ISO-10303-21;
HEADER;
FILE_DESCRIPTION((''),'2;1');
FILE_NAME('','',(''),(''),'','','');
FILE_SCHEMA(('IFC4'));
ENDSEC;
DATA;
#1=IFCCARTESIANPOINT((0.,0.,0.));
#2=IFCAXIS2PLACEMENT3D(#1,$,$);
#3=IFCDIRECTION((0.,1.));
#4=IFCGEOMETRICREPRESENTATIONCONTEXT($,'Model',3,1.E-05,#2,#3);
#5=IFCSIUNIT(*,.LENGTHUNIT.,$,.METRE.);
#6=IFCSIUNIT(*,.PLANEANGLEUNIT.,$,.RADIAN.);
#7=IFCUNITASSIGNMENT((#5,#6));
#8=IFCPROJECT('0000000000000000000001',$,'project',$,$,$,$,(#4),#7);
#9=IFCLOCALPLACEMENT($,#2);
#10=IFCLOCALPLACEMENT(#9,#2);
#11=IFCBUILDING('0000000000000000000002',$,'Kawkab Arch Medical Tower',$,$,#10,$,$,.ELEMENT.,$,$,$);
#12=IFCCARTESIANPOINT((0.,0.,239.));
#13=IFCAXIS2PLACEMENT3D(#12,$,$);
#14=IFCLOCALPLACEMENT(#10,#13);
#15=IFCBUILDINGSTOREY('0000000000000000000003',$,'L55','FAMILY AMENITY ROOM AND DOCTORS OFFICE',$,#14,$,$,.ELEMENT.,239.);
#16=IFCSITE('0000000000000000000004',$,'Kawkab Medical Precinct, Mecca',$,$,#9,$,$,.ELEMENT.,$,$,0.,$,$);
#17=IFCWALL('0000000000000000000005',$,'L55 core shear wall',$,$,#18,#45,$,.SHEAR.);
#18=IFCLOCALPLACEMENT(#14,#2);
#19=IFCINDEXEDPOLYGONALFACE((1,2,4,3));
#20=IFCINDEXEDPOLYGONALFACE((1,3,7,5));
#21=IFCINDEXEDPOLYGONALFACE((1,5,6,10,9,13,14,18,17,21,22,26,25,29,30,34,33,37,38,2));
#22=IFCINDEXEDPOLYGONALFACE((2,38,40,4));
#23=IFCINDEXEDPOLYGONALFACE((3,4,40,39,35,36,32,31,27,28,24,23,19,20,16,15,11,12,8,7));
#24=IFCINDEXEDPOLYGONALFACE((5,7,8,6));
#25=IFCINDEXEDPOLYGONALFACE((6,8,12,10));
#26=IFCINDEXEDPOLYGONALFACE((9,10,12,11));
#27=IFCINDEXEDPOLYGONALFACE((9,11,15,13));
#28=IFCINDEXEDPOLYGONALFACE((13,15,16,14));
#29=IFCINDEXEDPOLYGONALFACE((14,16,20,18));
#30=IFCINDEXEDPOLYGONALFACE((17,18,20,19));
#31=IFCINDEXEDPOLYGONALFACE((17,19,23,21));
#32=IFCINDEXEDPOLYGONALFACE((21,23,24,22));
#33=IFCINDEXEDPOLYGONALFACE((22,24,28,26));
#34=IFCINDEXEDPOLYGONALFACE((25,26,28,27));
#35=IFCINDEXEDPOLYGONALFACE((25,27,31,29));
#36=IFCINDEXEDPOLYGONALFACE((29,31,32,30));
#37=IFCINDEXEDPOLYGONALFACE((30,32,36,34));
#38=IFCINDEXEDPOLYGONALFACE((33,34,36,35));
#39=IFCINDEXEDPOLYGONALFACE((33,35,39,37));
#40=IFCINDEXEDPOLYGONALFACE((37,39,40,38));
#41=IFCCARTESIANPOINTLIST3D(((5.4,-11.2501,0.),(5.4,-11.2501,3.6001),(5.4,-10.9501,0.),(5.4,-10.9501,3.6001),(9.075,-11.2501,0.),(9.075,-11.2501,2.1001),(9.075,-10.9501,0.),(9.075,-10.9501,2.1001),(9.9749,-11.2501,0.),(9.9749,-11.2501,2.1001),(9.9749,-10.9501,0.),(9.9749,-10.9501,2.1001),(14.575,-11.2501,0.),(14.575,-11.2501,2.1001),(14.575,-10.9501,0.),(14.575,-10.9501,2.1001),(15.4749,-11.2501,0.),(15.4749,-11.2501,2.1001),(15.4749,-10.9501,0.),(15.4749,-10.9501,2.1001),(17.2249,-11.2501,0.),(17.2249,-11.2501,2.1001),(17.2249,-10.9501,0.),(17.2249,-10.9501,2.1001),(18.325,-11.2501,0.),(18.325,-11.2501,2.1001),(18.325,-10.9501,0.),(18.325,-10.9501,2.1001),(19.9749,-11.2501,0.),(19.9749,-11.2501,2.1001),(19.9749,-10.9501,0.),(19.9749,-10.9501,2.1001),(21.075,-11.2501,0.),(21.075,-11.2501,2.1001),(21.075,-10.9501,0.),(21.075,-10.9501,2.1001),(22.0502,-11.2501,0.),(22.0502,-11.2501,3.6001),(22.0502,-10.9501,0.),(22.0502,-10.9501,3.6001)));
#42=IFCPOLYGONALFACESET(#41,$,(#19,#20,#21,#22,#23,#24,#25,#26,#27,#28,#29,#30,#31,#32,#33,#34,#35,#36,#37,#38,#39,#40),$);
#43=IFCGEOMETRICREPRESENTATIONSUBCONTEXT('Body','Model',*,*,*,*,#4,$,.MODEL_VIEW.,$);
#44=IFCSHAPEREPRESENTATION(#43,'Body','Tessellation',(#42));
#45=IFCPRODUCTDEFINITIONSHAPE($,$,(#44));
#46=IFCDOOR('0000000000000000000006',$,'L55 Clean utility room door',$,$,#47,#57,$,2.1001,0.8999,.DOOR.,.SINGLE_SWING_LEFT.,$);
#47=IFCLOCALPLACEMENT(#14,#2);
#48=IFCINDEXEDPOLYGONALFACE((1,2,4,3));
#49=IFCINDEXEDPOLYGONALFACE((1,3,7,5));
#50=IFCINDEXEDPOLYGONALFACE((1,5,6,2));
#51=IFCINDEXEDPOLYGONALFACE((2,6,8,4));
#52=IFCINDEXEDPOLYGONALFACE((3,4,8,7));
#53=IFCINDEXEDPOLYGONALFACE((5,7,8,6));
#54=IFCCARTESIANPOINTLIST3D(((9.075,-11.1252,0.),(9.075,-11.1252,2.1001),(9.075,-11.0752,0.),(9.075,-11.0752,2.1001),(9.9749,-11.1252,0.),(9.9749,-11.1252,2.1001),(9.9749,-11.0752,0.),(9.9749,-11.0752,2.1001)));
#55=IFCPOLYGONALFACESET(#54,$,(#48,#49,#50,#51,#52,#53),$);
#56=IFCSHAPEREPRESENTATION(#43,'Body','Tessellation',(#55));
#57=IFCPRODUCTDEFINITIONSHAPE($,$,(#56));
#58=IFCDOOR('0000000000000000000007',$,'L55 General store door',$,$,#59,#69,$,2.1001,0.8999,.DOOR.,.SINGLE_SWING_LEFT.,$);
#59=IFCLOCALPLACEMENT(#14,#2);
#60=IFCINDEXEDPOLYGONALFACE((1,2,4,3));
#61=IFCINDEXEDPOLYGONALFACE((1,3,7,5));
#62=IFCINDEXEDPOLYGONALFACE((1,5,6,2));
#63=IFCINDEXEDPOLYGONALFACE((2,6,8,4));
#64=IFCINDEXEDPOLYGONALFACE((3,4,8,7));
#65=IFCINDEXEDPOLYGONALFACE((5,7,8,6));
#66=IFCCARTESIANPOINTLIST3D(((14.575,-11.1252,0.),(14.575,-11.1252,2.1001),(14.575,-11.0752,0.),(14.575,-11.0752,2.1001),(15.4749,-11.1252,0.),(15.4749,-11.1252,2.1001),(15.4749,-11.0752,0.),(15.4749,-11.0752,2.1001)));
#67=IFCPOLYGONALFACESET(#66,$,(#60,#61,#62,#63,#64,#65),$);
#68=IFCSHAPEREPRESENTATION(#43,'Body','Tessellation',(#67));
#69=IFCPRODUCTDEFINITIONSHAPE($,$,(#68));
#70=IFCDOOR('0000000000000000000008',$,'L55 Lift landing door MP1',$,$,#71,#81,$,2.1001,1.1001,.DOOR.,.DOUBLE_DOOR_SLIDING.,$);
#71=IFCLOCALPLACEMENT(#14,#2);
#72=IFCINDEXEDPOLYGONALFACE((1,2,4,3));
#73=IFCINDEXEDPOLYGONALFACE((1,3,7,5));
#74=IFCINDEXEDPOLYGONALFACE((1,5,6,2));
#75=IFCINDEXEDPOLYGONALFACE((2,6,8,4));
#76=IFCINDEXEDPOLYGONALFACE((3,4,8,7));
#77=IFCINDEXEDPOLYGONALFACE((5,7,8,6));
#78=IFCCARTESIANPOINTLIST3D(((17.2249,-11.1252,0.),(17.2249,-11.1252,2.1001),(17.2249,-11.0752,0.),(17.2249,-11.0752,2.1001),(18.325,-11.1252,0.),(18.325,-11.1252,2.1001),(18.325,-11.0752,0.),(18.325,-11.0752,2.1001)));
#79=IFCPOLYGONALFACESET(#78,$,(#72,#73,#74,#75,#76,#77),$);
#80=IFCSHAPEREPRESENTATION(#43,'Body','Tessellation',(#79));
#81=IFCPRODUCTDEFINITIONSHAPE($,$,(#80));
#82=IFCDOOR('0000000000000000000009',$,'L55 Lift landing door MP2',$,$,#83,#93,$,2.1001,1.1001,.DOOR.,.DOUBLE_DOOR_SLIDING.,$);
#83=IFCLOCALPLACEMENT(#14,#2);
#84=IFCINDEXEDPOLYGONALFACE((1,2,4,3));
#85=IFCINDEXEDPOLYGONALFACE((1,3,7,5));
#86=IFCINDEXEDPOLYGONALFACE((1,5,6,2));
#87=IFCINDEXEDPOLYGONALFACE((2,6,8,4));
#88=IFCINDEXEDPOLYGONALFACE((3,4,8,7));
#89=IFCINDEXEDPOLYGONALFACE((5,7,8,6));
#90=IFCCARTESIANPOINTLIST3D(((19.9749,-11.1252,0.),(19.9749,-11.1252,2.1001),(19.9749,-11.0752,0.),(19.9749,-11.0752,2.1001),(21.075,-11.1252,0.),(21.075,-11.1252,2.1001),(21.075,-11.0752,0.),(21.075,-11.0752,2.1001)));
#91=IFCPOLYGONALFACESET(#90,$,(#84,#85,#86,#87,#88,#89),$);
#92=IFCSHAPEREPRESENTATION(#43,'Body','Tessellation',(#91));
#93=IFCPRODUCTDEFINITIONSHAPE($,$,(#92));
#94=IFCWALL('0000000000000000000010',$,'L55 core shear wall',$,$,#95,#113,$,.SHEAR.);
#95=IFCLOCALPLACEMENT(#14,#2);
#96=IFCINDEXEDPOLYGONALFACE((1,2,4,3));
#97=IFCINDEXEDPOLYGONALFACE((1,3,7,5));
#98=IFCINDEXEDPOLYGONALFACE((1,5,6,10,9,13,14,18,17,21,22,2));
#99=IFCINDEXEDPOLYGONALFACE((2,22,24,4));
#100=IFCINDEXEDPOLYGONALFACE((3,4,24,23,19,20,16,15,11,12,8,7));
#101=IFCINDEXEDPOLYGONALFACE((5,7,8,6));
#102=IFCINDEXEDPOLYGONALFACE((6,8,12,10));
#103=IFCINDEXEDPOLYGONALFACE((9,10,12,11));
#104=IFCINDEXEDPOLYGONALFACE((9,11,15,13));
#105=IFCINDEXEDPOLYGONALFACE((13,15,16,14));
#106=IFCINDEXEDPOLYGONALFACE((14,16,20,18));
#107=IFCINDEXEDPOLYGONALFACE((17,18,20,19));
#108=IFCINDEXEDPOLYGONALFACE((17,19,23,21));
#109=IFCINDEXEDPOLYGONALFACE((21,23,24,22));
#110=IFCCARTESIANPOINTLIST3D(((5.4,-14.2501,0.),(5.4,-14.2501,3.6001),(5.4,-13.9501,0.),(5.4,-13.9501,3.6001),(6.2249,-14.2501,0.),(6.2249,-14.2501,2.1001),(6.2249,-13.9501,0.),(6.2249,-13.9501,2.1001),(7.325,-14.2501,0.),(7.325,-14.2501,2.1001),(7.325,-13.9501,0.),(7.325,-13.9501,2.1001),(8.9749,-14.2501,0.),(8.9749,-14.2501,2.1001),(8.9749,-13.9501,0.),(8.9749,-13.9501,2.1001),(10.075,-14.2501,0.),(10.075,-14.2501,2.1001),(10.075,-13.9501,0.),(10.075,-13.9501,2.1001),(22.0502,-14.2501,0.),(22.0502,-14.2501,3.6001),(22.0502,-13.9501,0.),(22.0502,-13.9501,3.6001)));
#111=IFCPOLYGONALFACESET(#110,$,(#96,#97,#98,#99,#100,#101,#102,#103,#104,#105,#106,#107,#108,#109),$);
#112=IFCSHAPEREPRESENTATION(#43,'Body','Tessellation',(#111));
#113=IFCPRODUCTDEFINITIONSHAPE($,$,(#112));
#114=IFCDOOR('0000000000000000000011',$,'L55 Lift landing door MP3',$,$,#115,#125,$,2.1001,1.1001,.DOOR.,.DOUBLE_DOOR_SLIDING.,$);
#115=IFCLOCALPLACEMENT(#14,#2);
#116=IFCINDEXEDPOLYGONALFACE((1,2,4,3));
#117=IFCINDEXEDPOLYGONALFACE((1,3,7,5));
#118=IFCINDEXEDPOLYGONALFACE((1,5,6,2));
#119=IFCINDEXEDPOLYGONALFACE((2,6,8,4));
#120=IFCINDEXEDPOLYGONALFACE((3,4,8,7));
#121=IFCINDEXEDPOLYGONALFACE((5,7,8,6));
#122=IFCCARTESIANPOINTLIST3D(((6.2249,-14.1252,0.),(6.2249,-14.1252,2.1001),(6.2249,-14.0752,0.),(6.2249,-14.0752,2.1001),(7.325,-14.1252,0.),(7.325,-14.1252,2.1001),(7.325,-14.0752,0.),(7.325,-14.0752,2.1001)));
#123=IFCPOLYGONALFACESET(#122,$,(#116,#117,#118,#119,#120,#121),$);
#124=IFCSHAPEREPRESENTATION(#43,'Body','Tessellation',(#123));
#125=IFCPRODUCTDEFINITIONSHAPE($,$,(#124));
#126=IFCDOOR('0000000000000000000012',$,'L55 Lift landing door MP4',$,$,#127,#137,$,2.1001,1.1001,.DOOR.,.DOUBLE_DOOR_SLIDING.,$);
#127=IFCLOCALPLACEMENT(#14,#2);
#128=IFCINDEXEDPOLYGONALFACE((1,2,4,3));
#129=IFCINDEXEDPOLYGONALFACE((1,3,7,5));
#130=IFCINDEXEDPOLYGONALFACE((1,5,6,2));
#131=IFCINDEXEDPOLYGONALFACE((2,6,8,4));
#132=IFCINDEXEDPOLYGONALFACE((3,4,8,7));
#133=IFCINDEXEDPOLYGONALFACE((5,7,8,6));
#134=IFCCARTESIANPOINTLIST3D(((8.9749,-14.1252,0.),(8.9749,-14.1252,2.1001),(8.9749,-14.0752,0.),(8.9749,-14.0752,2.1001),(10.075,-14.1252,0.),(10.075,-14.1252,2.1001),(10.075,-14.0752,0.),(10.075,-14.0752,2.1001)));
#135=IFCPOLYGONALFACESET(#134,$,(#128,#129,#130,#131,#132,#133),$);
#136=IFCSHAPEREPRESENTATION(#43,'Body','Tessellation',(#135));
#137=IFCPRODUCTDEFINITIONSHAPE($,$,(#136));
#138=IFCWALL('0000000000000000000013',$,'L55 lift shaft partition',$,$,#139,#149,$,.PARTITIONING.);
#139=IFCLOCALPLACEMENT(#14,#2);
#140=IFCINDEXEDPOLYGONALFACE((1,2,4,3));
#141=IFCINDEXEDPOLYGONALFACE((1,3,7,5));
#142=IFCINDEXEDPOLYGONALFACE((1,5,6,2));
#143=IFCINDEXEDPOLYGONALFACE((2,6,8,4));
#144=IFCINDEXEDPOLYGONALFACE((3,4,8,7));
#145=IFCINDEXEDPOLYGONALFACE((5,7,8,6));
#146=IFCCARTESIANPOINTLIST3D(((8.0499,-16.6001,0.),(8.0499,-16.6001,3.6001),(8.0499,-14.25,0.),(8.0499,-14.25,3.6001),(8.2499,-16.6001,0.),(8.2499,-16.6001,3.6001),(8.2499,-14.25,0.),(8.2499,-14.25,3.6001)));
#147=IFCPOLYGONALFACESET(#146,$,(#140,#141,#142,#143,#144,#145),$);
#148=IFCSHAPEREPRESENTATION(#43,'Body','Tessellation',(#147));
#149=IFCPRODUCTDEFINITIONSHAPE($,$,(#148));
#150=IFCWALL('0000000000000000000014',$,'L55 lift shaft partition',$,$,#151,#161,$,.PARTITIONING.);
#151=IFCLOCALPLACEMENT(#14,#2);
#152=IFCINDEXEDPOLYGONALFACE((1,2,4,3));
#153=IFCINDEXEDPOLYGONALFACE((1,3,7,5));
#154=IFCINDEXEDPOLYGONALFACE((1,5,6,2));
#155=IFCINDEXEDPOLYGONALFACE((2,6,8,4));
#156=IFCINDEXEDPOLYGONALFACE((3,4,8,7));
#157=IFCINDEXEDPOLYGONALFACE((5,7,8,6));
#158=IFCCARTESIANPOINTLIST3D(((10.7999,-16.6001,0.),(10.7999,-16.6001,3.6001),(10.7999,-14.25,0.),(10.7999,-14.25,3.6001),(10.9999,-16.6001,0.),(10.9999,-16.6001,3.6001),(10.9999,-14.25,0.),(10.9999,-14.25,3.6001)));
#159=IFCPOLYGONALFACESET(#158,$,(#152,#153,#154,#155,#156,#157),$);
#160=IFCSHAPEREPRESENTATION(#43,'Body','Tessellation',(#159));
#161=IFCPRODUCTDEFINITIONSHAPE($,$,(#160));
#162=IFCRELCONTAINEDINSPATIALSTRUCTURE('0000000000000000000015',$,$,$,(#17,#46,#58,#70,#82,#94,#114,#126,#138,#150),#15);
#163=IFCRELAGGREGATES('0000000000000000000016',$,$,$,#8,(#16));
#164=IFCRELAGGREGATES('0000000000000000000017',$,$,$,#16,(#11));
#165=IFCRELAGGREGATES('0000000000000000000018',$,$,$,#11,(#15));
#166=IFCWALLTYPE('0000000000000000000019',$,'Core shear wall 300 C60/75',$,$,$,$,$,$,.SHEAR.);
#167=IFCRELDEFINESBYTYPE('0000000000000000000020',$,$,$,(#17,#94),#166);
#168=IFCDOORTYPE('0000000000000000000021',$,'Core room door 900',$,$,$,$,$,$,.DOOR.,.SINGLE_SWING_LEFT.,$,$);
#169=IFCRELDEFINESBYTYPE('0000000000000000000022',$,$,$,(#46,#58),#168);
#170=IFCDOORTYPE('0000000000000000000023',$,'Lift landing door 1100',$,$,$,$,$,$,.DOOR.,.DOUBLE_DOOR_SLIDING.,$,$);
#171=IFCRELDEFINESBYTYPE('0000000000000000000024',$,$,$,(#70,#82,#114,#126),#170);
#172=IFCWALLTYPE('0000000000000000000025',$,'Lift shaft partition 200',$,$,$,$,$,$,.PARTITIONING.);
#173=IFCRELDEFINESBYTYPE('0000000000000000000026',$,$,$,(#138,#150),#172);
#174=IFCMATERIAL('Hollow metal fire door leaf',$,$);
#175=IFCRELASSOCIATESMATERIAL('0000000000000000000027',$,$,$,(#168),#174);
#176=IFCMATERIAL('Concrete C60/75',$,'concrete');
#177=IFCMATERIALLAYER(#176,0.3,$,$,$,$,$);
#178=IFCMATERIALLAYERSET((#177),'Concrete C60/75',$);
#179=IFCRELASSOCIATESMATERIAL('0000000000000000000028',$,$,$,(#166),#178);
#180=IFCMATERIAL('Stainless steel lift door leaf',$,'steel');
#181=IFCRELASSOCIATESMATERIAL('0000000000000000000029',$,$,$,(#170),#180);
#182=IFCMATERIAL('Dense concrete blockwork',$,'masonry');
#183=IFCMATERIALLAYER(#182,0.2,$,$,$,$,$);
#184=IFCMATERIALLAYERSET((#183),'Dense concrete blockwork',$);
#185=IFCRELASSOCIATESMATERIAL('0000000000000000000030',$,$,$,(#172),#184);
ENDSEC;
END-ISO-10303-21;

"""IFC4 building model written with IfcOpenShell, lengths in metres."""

from ifc_helpers import new_model, si_unit, direction, frame, frame_2d, origin, place, context, subcontext, project, spatial, rectangle, extrude, material, layer, layer_set, type_object, element, fill, save


model = new_model("IFC4")

# Units and contexts
model_context = context("Model", 3, precision=1e-05, world=origin(), true_north=direction((0.0, 1.0)))
body_context = subcontext(model_context, "Body", "Model", "MODEL_VIEW")
ifc_project = project(units=[si_unit("LENGTHUNIT", "METRE"), si_unit("PLANEANGLEUNIT", "RADIAN")], contexts=[model_context])

# Site, building, storey
site_placement = place(None, origin())
site = spatial("IfcSite", under=ifc_project, at=site_placement, Name="Kawkab Medical Precinct, Mecca", CompositionType="ELEMENT", RefElevation=0.0)
building_placement = place(site_placement, origin())
building = spatial("IfcBuilding", under=site, at=building_placement, Name="Kawkab Arch Medical Tower", CompositionType="ELEMENT")
storey_placement = place(building_placement, frame((0.0, 0.0, 239.0)))
storey = spatial("IfcBuildingStorey", under=building, at=storey_placement, Name="L55", Description="FAMILY AMENITY ROOM AND DOCTORS OFFICE", CompositionType="ELEMENT", Elevation=239.0)

# Shared definitions
ifc_material_1 = material(Name="Hollow metal fire door leaf")
door_type_1 = type_object("IfcDoorType", Name="Core room door 900", OperationType="SINGLE_SWING_LEFT", PredefinedType="DOOR", material=ifc_material_1)

# Shared definitions
ifc_material_2 = material(Name="Concrete C60/75", Category="concrete")
ifc_layer_1 = layer(ifc_material_2, 0.3)
ifc_layer_set_1 = layer_set([ifc_layer_1], Name="Concrete C60/75")
wall_type_1 = type_object("IfcWallType", Name="Core shear wall 300 C60/75", PredefinedType="SHEAR", material=ifc_layer_set_1)

# Walls, openings, doors
wall_1_placement = place(storey_placement, frame((5.3999, -11.1001, 0.0), z_axis=(0.0, 0.0, 1.0), x_axis=(1.0, 0.0, 0.0)))
wall_1 = element("IfcWall", 1, at=wall_1_placement, inside=storey, type_object=wall_type_1, Name="L55 core shear wall", PredefinedType="SHEAR", context=body_context, shape_type="SweptSolid", body=[
    extrude(rectangle(XDim=16.6501, YDim=0.3, at=frame_2d((8.3252, 0.0))), origin(), (0.0, 0.0, 1.0), 3.6001),
])
opening_1_placement = place(wall_1_placement, frame((11.825, 0.0, 0.0)))
opening_1 = element("IfcOpeningElement", 2, at=opening_1_placement, cuts=wall_1, PredefinedType="OPENING", context=body_context, shape_type="SweptSolid", body=[
    extrude(rectangle(XDim=1.1001, YDim=2.1001, at=frame_2d((0.55, 1.05))), frame((0.0, 0.1599, 0.0), z_axis=(0.0, -1.0, 0.0), x_axis=(1.0, 0.0, 0.0)), (0.0, 0.0, 1.0), 0.3201),
])
opening_2_placement = place(wall_1_placement, frame((14.575, 0.0, 0.0)))
opening_2 = element("IfcOpeningElement", 3, at=opening_2_placement, cuts=wall_1, PredefinedType="OPENING", context=body_context, shape_type="SweptSolid", body=[
    extrude(rectangle(XDim=1.1001, YDim=2.1001, at=frame_2d((0.55, 1.05))), frame((0.0, 0.1599, 0.0), z_axis=(0.0, -1.0, 0.0), x_axis=(1.0, 0.0, 0.0)), (0.0, 0.0, 1.0), 0.3201),
])
opening_3_placement = place(wall_1_placement, frame((3.675, 0.0, 0.0)))
opening_3 = element("IfcOpeningElement", 4, at=opening_3_placement, cuts=wall_1, PredefinedType="OPENING", context=body_context, shape_type="SweptSolid", body=[
    extrude(rectangle(XDim=0.8999, YDim=2.1001, at=frame_2d((0.45, 1.05))), frame((0.0, 0.1599, 0.0), z_axis=(0.0, -1.0, 0.0), x_axis=(1.0, 0.0, 0.0)), (0.0, 0.0, 1.0), 0.3201),
])
opening_4_placement = place(wall_1_placement, frame((9.175, 0.0, 0.0)))
opening_4 = element("IfcOpeningElement", 5, at=opening_4_placement, cuts=wall_1, PredefinedType="OPENING", context=body_context, shape_type="SweptSolid", body=[
    extrude(rectangle(XDim=0.8999, YDim=2.1001, at=frame_2d((0.45, 1.05))), frame((0.0, 0.1599, 0.0), z_axis=(0.0, -1.0, 0.0), x_axis=(1.0, 0.0, 0.0)), (0.0, 0.0, 1.0), 0.3201),
])
door_1_placement = place(opening_3_placement, origin())
door_1 = element("IfcDoor", 6, at=door_1_placement, inside=storey, type_object=door_type_1, Name="L55 Clean utility room door", OperationType="SINGLE_SWING_LEFT", OverallHeight=2.1001, OverallWidth=0.8999, PredefinedType="DOOR", context=body_context, shape_type="SweptSolid", body=[
    extrude(rectangle(XDim=0.8999, YDim=2.1001, at=frame_2d((0.45, 1.05))), frame((0.0, 0.0249, 0.0), z_axis=(0.0, -1.0, 0.0), x_axis=(1.0, 0.0, 0.0)), (0.0, 0.0, 1.0), 0.05),
])
fill(opening_3, door_1)
door_2_placement = place(opening_4_placement, origin())
door_2 = element("IfcDoor", 7, at=door_2_placement, inside=storey, type_object=door_type_1, Name="L55 General store door", OperationType="SINGLE_SWING_LEFT", OverallHeight=2.1001, OverallWidth=0.8999, PredefinedType="DOOR", context=body_context, shape_type="SweptSolid", body=[
    extrude(rectangle(XDim=0.8999, YDim=2.1001, at=frame_2d((0.45, 1.05))), frame((0.0, 0.0249, 0.0), z_axis=(0.0, -1.0, 0.0), x_axis=(1.0, 0.0, 0.0)), (0.0, 0.0, 1.0), 0.05),
])
fill(opening_4, door_2)
ifc_material_3 = material(Name="Stainless steel lift door leaf", Category="steel")
door_type_2 = type_object("IfcDoorType", Name="Lift landing door 1100", OperationType="DOUBLE_DOOR_SLIDING", PredefinedType="DOOR", material=ifc_material_3)
door_3_placement = place(opening_1_placement, origin())
door_3 = element("IfcDoor", 8, at=door_3_placement, inside=storey, type_object=door_type_2, Name="L55 Lift landing door MP1", OperationType="DOUBLE_DOOR_SLIDING", OverallHeight=2.1001, OverallWidth=1.1001, PredefinedType="DOOR", context=body_context, shape_type="SweptSolid", body=[
    extrude(rectangle(XDim=1.1001, YDim=2.1001, at=frame_2d((0.55, 1.05))), frame((0.0, 0.0249, 0.0), z_axis=(0.0, -1.0, 0.0), x_axis=(1.0, 0.0, 0.0)), (0.0, 0.0, 1.0), 0.05),
])
fill(opening_1, door_3)
door_4_placement = place(opening_2_placement, origin())
door_4 = element("IfcDoor", 9, at=door_4_placement, inside=storey, type_object=door_type_2, Name="L55 Lift landing door MP2", OperationType="DOUBLE_DOOR_SLIDING", OverallHeight=2.1001, OverallWidth=1.1001, PredefinedType="DOOR", context=body_context, shape_type="SweptSolid", body=[
    extrude(rectangle(XDim=1.1001, YDim=2.1001, at=frame_2d((0.55, 1.05))), frame((0.0, 0.0249, 0.0), z_axis=(0.0, -1.0, 0.0), x_axis=(1.0, 0.0, 0.0)), (0.0, 0.0, 1.0), 0.05),
])
fill(opening_2, door_4)
wall_2_placement = place(storey_placement, frame((5.3999, -14.1001, 0.0), z_axis=(0.0, 0.0, 1.0), x_axis=(1.0, 0.0, 0.0)))
wall_2 = element("IfcWall", 10, at=wall_2_placement, inside=storey, type_object=wall_type_1, Name="L55 core shear wall", PredefinedType="SHEAR", context=body_context, shape_type="SweptSolid", body=[
    extrude(rectangle(XDim=16.6501, YDim=0.3, at=frame_2d((8.3252, 0.0))), origin(), (0.0, 0.0, 1.0), 3.6001),
])
opening_5_placement = place(wall_2_placement, frame((0.825, 0.0, 0.0)))
opening_5 = element("IfcOpeningElement", 11, at=opening_5_placement, cuts=wall_2, PredefinedType="OPENING", context=body_context, shape_type="SweptSolid", body=[
    extrude(rectangle(XDim=1.1001, YDim=2.1001, at=frame_2d((0.55, 1.05))), frame((0.0, 0.1599, 0.0), z_axis=(0.0, -1.0, 0.0), x_axis=(1.0, 0.0, 0.0)), (0.0, 0.0, 1.0), 0.3201),
])
opening_6_placement = place(wall_2_placement, frame((3.575, 0.0, 0.0)))
opening_6 = element("IfcOpeningElement", 12, at=opening_6_placement, cuts=wall_2, PredefinedType="OPENING", context=body_context, shape_type="SweptSolid", body=[
    extrude(rectangle(XDim=1.1001, YDim=2.1001, at=frame_2d((0.55, 1.05))), frame((0.0, 0.1599, 0.0), z_axis=(0.0, -1.0, 0.0), x_axis=(1.0, 0.0, 0.0)), (0.0, 0.0, 1.0), 0.3201),
])
door_5_placement = place(opening_5_placement, origin())
door_5 = element("IfcDoor", 13, at=door_5_placement, inside=storey, type_object=door_type_2, Name="L55 Lift landing door MP3", OperationType="DOUBLE_DOOR_SLIDING", OverallHeight=2.1001, OverallWidth=1.1001, PredefinedType="DOOR", context=body_context, shape_type="SweptSolid", body=[
    extrude(rectangle(XDim=1.1001, YDim=2.1001, at=frame_2d((0.55, 1.05))), frame((0.0, 0.0249, 0.0), z_axis=(0.0, -1.0, 0.0), x_axis=(1.0, 0.0, 0.0)), (0.0, 0.0, 1.0), 0.05),
])
fill(opening_5, door_5)
door_6_placement = place(opening_6_placement, origin())
door_6 = element("IfcDoor", 14, at=door_6_placement, inside=storey, type_object=door_type_2, Name="L55 Lift landing door MP4", OperationType="DOUBLE_DOOR_SLIDING", OverallHeight=2.1001, OverallWidth=1.1001, PredefinedType="DOOR", context=body_context, shape_type="SweptSolid", body=[
    extrude(rectangle(XDim=1.1001, YDim=2.1001, at=frame_2d((0.55, 1.05))), frame((0.0, 0.0249, 0.0), z_axis=(0.0, -1.0, 0.0), x_axis=(1.0, 0.0, 0.0)), (0.0, 0.0, 1.0), 0.05),
])
fill(opening_6, door_6)

# Walls
ifc_material_4 = material(Name="Dense concrete blockwork", Category="masonry")
ifc_layer_2 = layer(ifc_material_4, 0.2)
ifc_layer_set_2 = layer_set([ifc_layer_2], Name="Dense concrete blockwork")
wall_type_2 = type_object("IfcWallType", Name="Lift shaft partition 200", PredefinedType="PARTITIONING", material=ifc_layer_set_2)
for number, where, z_axis, x_axis, name in (
    (15, (8.1499, -16.6001, 0.0), (0.0, 0.0, 1.0), (0.0, 1.0, 0.0), "L55 lift shaft partition"),
    (16, (10.8999, -16.6001, 0.0), (0.0, 0.0, 1.0), (0.0, 1.0, 0.0), "L55 lift shaft partition"),
):
    element("IfcWall", number, at=place(storey_placement, frame(where, z_axis=z_axis, x_axis=x_axis)), inside=storey, type_object=wall_type_2, Name=name, PredefinedType="PARTITIONING", context=body_context, shape_type="SweptSolid", body=[
        extrude(rectangle(XDim=2.3501, YDim=0.2, at=frame_2d((1.175, 0.0))), origin(), (0.0, 0.0, 1.0), 3.6001),
    ])

save(model, "model.ifc")
